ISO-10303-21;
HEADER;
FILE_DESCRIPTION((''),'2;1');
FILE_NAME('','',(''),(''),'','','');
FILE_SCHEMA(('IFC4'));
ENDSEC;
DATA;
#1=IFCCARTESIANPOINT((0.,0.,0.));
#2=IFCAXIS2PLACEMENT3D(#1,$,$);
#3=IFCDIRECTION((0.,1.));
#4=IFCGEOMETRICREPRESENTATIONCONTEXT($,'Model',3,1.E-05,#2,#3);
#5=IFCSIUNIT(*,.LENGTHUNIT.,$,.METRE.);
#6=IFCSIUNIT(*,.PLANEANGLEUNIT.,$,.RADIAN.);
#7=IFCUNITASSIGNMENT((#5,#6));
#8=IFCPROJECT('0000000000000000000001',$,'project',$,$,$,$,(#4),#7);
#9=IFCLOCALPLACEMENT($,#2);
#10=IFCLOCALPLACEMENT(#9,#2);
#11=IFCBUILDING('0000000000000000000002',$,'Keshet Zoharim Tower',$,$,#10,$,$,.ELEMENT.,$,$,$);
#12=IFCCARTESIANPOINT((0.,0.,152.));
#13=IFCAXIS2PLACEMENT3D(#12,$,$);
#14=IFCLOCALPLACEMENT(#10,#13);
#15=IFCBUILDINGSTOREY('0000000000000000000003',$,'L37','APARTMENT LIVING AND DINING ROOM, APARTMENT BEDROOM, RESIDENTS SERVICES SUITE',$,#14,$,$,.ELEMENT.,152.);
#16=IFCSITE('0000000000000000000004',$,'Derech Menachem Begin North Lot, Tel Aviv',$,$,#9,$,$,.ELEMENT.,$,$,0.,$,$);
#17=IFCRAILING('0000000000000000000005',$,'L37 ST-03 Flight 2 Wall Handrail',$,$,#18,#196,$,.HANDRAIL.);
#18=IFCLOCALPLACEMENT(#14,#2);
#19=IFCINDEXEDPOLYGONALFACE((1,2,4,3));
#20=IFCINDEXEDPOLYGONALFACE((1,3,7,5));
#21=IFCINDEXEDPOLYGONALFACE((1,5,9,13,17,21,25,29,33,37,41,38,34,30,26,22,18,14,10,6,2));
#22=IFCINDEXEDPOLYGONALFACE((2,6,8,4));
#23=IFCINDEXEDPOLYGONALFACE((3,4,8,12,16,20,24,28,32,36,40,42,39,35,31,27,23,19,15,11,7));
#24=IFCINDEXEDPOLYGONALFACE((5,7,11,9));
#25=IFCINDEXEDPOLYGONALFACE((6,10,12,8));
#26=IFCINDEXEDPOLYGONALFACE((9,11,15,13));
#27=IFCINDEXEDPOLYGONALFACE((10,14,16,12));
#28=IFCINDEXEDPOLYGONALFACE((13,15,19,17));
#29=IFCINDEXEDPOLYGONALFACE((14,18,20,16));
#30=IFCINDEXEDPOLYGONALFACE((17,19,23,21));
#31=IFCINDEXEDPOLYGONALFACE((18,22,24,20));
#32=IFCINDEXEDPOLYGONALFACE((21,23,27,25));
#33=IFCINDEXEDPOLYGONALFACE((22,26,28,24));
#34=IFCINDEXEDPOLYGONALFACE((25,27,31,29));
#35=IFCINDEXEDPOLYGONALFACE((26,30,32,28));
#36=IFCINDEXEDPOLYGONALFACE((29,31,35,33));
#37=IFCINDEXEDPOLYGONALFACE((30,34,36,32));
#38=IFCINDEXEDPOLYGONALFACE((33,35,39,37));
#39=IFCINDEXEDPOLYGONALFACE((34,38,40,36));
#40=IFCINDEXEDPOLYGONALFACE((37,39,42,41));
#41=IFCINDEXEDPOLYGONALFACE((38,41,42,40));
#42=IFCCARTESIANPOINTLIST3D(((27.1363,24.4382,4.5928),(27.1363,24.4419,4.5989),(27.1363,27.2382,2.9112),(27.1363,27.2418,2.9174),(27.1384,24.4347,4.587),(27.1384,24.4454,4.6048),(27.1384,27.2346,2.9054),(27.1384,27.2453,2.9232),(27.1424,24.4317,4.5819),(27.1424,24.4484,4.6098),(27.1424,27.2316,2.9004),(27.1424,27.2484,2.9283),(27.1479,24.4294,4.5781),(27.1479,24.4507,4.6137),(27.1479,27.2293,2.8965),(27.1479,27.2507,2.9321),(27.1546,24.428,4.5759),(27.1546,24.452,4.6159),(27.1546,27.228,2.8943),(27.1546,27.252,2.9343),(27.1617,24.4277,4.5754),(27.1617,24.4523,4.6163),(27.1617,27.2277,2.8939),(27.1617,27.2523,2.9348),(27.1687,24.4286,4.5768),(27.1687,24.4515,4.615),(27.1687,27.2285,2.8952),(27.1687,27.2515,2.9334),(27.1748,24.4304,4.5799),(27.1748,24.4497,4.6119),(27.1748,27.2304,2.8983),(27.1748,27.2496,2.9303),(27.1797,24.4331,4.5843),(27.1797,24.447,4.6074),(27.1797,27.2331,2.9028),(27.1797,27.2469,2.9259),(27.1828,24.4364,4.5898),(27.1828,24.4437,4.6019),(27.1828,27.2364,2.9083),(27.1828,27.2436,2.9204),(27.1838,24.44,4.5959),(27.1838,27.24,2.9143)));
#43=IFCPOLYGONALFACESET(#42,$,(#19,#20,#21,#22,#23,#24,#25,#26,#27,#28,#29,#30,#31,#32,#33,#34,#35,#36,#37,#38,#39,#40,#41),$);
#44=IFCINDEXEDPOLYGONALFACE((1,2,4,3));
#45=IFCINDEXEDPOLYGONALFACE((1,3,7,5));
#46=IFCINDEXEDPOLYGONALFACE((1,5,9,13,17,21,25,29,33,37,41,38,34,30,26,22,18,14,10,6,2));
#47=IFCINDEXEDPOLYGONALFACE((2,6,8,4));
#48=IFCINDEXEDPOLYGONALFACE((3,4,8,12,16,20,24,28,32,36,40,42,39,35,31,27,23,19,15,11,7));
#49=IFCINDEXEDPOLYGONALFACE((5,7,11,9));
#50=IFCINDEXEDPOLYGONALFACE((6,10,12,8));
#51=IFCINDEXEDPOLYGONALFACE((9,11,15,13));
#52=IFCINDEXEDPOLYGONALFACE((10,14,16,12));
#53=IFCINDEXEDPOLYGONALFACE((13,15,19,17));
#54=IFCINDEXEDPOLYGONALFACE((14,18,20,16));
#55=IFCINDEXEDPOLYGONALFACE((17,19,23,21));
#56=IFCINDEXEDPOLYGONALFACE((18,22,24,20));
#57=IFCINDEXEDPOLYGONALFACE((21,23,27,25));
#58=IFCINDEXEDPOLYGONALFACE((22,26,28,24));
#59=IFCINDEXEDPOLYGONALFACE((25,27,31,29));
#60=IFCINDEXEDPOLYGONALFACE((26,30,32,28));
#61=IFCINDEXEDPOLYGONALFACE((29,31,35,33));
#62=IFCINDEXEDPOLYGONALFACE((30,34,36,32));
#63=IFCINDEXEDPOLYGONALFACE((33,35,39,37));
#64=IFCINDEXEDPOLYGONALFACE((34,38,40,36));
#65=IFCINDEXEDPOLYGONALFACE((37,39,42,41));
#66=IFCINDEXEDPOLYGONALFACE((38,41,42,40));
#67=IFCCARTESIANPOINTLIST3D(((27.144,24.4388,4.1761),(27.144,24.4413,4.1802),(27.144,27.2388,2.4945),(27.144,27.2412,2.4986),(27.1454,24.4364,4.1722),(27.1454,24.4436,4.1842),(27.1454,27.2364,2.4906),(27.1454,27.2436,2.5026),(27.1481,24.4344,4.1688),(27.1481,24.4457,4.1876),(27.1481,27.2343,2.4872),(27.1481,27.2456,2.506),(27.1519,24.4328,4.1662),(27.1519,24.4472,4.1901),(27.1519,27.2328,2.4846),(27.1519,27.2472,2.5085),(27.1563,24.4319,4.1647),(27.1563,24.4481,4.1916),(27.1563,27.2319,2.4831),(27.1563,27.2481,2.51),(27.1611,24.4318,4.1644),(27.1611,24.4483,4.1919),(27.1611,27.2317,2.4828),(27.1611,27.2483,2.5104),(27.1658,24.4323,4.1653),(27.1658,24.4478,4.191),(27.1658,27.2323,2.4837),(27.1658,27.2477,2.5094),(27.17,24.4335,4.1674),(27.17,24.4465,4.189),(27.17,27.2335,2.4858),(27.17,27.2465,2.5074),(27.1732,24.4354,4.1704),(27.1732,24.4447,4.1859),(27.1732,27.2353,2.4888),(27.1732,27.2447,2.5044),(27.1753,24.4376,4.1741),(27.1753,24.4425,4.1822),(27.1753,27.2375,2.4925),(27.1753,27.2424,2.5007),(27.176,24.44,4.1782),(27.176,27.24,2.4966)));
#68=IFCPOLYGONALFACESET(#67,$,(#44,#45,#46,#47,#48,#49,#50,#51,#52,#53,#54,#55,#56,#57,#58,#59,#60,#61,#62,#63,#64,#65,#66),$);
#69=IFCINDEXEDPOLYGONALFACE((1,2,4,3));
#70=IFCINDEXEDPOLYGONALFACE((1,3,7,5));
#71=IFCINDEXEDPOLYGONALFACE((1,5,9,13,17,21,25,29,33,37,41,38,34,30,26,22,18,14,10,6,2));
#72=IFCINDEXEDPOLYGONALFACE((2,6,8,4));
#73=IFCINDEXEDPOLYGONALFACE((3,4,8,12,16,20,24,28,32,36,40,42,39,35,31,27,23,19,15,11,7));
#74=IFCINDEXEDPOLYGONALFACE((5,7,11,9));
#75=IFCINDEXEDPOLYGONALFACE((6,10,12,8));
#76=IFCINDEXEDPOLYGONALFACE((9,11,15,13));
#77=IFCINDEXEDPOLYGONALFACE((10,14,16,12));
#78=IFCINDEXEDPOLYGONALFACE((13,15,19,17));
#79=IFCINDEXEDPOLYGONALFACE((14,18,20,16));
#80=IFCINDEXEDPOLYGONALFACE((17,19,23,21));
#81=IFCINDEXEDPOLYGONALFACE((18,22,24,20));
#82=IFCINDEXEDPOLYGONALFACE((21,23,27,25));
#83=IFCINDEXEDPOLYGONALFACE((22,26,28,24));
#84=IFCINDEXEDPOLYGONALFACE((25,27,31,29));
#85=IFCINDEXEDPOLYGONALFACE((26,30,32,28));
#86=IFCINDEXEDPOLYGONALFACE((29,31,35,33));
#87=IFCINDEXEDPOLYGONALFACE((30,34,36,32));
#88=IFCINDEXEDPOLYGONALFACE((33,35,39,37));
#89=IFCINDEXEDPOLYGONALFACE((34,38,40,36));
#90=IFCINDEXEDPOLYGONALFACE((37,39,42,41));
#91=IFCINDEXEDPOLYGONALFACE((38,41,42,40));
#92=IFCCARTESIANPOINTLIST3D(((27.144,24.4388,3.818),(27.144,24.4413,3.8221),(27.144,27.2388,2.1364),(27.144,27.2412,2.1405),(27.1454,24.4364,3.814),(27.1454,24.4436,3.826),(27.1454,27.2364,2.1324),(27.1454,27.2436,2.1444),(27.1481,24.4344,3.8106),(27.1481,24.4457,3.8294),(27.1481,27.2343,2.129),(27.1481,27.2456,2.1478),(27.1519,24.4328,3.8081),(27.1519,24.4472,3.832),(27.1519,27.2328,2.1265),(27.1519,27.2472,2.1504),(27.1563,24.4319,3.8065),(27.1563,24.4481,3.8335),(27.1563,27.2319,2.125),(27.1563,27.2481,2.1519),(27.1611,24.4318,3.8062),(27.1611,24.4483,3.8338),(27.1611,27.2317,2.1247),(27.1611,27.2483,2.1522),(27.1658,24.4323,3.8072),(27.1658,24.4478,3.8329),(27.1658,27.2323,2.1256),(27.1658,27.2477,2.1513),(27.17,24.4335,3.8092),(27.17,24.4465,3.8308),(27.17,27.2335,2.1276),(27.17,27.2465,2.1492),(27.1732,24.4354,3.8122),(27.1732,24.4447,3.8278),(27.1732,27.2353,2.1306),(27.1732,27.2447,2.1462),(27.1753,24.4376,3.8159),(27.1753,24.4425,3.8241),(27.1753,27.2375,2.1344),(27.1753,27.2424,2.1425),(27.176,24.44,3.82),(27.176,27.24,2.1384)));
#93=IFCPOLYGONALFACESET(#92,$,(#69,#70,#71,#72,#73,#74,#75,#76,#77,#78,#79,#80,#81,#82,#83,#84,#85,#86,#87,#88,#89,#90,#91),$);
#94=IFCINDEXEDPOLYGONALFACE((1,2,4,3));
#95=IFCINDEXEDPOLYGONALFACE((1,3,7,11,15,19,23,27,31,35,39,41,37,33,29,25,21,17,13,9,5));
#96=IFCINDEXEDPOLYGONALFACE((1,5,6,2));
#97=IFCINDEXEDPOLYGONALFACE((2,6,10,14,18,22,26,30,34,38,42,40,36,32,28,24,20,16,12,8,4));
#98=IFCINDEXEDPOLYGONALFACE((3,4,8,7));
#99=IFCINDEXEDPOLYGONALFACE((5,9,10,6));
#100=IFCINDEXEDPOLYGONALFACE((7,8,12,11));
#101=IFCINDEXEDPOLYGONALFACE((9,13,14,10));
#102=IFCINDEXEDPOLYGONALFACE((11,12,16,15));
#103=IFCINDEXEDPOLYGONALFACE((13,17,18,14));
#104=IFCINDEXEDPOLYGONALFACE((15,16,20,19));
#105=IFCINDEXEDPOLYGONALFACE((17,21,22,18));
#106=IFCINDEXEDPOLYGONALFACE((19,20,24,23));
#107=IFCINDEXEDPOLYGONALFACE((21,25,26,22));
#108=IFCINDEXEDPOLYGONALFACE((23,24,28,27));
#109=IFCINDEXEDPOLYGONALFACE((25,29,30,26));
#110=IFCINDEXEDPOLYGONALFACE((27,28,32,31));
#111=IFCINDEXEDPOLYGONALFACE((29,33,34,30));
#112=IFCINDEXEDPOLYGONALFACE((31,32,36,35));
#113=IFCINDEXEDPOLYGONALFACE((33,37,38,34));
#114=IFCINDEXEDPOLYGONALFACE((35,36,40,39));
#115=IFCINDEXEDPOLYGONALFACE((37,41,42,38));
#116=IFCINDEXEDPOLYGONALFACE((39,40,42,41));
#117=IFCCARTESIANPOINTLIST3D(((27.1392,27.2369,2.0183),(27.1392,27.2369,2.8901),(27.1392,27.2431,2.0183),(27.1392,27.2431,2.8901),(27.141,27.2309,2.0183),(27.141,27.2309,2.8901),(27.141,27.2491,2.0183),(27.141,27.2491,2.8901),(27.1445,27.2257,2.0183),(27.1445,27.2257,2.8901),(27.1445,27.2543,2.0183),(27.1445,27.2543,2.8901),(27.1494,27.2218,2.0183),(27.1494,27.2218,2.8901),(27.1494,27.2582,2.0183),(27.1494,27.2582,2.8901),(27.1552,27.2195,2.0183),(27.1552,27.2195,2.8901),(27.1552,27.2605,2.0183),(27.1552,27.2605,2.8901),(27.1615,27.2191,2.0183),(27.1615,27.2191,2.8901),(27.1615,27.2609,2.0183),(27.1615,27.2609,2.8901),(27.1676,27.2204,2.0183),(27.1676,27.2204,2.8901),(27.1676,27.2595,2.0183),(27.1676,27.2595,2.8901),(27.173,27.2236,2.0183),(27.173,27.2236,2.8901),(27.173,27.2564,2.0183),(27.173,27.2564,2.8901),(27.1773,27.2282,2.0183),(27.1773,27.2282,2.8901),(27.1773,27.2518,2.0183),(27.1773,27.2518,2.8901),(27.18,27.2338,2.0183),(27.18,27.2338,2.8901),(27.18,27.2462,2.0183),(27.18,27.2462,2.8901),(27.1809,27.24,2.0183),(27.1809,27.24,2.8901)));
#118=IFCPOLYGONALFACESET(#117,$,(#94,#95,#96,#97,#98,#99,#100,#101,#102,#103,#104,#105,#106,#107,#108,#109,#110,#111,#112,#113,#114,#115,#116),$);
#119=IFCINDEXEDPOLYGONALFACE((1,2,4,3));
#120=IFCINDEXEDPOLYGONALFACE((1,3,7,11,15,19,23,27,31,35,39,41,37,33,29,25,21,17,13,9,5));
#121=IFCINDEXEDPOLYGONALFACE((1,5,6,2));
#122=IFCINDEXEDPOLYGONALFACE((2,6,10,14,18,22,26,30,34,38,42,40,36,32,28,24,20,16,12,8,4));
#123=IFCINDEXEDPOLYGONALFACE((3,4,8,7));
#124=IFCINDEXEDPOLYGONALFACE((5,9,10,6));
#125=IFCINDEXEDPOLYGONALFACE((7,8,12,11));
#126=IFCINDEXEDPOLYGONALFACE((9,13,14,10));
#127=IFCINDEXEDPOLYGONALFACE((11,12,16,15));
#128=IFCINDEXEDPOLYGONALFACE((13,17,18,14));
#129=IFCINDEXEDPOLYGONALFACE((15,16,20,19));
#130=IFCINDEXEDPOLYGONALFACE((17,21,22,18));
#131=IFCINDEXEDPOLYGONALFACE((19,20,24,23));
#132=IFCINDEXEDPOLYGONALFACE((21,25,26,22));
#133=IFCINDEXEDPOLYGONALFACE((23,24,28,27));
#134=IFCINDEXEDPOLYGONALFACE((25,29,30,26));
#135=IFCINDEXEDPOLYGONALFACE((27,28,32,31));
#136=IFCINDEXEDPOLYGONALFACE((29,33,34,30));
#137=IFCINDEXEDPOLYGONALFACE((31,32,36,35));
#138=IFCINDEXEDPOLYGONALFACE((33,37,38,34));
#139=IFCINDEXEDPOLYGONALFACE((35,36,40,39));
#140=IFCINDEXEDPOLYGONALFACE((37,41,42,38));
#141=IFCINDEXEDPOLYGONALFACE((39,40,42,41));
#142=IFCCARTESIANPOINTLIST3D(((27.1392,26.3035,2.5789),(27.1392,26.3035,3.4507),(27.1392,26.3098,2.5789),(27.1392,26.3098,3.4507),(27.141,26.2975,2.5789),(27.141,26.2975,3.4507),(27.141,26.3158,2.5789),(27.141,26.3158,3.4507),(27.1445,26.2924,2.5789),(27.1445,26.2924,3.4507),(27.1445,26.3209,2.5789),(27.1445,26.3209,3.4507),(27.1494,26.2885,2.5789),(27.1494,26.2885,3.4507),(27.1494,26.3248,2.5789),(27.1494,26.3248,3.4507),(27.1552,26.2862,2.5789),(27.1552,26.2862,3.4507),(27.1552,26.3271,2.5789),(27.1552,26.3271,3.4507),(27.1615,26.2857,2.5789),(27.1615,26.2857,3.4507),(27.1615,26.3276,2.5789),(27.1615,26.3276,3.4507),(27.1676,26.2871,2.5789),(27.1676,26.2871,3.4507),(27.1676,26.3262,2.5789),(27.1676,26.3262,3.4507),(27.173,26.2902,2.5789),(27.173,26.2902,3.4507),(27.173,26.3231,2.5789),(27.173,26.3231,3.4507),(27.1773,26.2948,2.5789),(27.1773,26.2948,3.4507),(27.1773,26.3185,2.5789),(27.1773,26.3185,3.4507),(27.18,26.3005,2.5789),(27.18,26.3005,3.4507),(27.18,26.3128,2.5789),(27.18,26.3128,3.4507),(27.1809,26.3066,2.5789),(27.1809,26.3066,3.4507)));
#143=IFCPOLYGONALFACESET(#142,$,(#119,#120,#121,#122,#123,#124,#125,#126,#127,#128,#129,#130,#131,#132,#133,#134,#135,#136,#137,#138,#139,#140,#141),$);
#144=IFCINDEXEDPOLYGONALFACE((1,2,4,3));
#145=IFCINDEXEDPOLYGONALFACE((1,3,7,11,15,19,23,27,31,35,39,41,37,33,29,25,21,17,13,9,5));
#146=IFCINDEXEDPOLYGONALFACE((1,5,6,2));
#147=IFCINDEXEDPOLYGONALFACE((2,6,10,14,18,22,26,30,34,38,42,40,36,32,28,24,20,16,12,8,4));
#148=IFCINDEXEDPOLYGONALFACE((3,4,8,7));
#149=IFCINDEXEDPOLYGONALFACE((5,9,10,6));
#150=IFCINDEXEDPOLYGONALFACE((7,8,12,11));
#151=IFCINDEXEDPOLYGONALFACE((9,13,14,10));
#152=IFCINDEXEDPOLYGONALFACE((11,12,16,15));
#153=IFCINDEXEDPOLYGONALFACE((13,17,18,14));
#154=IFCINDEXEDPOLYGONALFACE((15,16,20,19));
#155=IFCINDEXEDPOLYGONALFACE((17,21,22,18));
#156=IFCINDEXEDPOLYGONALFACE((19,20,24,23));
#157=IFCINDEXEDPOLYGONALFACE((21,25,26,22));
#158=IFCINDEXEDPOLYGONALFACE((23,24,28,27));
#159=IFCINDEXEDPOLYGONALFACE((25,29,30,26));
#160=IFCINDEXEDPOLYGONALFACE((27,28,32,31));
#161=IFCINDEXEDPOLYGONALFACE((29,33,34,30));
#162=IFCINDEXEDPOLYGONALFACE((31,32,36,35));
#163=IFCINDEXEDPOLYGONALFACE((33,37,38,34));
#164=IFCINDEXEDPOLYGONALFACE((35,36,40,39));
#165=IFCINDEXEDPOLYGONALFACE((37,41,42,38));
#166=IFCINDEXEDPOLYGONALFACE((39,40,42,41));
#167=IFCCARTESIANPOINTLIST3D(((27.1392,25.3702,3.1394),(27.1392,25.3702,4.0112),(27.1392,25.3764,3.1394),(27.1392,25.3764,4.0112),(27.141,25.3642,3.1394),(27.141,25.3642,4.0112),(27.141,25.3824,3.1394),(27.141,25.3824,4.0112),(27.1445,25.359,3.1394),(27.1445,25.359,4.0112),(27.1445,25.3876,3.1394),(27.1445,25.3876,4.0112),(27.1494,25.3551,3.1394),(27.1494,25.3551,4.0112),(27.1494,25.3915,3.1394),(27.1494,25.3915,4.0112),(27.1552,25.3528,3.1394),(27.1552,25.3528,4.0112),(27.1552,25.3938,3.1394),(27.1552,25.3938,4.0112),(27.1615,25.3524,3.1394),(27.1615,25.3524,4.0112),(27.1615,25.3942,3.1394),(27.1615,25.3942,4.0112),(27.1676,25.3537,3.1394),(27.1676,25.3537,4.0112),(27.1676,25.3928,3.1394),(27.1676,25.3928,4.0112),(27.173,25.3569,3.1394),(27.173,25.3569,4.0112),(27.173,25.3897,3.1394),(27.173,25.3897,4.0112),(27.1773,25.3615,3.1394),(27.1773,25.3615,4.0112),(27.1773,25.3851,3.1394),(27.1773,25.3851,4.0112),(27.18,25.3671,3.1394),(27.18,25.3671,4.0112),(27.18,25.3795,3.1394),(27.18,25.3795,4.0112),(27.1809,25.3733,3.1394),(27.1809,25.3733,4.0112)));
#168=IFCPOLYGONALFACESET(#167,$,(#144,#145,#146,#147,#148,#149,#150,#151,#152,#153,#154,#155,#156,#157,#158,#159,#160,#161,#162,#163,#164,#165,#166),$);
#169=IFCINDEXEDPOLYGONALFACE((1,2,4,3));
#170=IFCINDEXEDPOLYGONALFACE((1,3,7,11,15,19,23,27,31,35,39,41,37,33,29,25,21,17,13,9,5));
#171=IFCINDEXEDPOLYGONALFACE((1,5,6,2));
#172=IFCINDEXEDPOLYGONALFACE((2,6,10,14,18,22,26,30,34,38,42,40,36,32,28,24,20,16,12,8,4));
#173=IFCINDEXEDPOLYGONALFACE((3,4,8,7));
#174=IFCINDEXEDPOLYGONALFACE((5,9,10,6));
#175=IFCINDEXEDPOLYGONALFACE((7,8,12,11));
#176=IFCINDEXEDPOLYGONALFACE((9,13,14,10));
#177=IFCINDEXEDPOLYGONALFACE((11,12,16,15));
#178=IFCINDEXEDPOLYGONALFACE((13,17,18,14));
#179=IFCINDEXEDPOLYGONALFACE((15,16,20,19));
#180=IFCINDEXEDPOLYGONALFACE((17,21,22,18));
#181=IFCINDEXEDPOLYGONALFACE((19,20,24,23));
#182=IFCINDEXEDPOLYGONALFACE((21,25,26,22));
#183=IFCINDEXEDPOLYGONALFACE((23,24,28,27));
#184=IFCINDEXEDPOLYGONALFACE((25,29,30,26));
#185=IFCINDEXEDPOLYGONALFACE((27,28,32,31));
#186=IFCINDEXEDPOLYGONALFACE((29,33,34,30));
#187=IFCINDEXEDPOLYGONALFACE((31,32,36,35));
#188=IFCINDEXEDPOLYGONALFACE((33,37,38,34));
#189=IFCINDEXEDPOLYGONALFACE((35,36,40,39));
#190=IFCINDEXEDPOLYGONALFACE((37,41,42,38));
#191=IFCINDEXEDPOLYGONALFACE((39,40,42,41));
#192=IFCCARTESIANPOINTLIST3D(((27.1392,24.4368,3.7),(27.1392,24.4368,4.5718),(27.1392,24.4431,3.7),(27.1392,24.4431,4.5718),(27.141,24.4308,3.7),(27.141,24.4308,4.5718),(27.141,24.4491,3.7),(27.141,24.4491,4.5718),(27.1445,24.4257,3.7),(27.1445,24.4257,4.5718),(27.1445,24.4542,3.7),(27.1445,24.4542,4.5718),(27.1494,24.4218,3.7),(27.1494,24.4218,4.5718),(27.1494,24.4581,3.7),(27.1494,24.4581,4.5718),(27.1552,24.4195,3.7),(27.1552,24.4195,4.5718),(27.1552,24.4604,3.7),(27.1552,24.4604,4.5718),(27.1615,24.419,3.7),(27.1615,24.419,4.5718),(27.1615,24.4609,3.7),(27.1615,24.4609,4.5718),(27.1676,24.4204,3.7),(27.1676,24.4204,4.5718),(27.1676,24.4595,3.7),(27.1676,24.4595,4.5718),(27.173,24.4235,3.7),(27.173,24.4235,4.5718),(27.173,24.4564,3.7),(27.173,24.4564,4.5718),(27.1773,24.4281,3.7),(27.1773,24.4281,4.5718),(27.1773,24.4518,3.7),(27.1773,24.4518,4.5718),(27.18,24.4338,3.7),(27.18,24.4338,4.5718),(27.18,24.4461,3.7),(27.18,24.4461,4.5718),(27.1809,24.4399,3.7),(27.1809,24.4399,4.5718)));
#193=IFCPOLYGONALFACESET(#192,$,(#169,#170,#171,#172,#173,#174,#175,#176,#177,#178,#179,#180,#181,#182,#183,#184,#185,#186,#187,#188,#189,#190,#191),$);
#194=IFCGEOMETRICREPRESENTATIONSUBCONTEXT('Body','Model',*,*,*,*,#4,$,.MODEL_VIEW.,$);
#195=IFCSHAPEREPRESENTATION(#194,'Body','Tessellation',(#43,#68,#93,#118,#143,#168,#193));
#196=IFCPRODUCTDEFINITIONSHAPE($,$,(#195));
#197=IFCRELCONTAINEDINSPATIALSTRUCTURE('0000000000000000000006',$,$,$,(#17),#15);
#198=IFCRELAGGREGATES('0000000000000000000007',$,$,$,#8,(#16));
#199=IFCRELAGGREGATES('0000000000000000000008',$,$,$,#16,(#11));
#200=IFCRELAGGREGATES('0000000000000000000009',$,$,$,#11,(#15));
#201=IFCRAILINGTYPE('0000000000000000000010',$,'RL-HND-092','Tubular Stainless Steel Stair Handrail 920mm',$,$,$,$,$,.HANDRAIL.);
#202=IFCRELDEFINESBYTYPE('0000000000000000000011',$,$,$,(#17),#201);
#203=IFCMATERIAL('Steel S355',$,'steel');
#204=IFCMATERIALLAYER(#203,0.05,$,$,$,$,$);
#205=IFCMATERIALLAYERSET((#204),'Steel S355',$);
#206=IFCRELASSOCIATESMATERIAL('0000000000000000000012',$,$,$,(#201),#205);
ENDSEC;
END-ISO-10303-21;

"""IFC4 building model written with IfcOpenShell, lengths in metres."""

from ifc_helpers import new_model, si_unit, direction, frame, origin, origin_2d, place, context, subcontext, project, spatial, circle, extrude, material, layer, layer_set, type_object, element, save


model = new_model("IFC4")

# Units and contexts
model_context = context("Model", 3, precision=1e-05, world=origin(), true_north=direction((0.0, 1.0)))
body_context = subcontext(model_context, "Body", "Model", "MODEL_VIEW")
ifc_project = project(units=[si_unit("LENGTHUNIT", "METRE"), si_unit("PLANEANGLEUNIT", "RADIAN")], contexts=[model_context])

# Site, building, storey
site_placement = place(None, origin())
site = spatial("IfcSite", under=ifc_project, at=site_placement, Name="Derech Menachem Begin North Lot, Tel Aviv", CompositionType="ELEMENT", RefElevation=0.0)
building_placement = place(site_placement, origin())
building = spatial("IfcBuilding", under=site, at=building_placement, Name="Keshet Zoharim Tower", CompositionType="ELEMENT")
storey_placement = place(building_placement, frame((0.0, 0.0, 152.0)))
storey = spatial("IfcBuildingStorey", under=building, at=storey_placement, Name="L37", Description="APARTMENT LIVING AND DINING ROOM, APARTMENT BEDROOM, RESIDENTS SERVICES SUITE", CompositionType="ELEMENT", Elevation=152.0)

# Shared definitions
ifc_material_1 = material(Name="Steel S355", Category="steel")

# Railing
ifc_layer_1 = layer(ifc_material_1, 0.05)
ifc_layer_set_1 = layer_set([ifc_layer_1], Name="Steel S355")
railing_type = type_object("IfcRailingType", Name="RL-HND-092", Description="Tubular Stainless Steel Stair Handrail 920mm", PredefinedType="HANDRAIL", material=ifc_layer_set_1)
for number, where, name in (
    (1, (27.1599, 27.24, 2.0183), "L37 ST-03 Flight 2 Wall Handrail"),
):
    element("IfcRailing", number, at=place(storey_placement, frame(where)), inside=storey, type_object=railing_type, Name=name, PredefinedType="HANDRAIL", context=body_context, shape_type="SweptSolid", body=[
        extrude(circle(Radius=0.0239, at=origin_2d()), frame((0.0, 0.0, 0.896), z_axis=(0.0, -0.857275, 0.514858), x_axis=(1.0, 0.0, 0.0)), (0.0, 0.0, 1.0), 3.2661),
        extrude(circle(Radius=0.0161, at=origin_2d()), frame((0.0, 0.0, 0.4783), z_axis=(0.0, -0.857275, 0.514858), x_axis=(1.0, 0.0, 0.0)), (0.0, 0.0, 1.0), 3.2661),
        extrude(circle(Radius=0.0161, at=origin_2d()), frame((0.0, 0.0, 0.1201), z_axis=(0.0, -0.857275, 0.514858), x_axis=(1.0, 0.0, 0.0)), (0.0, 0.0, 1.0), 3.2661),
        extrude(circle(Radius=0.021, at=origin_2d()), origin(), (0.0, 0.0, 1.0), 0.8718),
        extrude(circle(Radius=0.021, at=origin_2d()), frame((0.0, -0.9333, 0.5605)), (0.0, 0.0, 1.0), 0.8718),
        extrude(circle(Radius=0.021, at=origin_2d()), frame((0.0, -1.8667, 1.1211)), (0.0, 0.0, 1.0), 0.8718),
        extrude(circle(Radius=0.021, at=origin_2d()), frame((0.0, -2.8, 1.6816)), (0.0, 0.0, 1.0), 0.8718),
    ])

save(model, "model.ifc")
